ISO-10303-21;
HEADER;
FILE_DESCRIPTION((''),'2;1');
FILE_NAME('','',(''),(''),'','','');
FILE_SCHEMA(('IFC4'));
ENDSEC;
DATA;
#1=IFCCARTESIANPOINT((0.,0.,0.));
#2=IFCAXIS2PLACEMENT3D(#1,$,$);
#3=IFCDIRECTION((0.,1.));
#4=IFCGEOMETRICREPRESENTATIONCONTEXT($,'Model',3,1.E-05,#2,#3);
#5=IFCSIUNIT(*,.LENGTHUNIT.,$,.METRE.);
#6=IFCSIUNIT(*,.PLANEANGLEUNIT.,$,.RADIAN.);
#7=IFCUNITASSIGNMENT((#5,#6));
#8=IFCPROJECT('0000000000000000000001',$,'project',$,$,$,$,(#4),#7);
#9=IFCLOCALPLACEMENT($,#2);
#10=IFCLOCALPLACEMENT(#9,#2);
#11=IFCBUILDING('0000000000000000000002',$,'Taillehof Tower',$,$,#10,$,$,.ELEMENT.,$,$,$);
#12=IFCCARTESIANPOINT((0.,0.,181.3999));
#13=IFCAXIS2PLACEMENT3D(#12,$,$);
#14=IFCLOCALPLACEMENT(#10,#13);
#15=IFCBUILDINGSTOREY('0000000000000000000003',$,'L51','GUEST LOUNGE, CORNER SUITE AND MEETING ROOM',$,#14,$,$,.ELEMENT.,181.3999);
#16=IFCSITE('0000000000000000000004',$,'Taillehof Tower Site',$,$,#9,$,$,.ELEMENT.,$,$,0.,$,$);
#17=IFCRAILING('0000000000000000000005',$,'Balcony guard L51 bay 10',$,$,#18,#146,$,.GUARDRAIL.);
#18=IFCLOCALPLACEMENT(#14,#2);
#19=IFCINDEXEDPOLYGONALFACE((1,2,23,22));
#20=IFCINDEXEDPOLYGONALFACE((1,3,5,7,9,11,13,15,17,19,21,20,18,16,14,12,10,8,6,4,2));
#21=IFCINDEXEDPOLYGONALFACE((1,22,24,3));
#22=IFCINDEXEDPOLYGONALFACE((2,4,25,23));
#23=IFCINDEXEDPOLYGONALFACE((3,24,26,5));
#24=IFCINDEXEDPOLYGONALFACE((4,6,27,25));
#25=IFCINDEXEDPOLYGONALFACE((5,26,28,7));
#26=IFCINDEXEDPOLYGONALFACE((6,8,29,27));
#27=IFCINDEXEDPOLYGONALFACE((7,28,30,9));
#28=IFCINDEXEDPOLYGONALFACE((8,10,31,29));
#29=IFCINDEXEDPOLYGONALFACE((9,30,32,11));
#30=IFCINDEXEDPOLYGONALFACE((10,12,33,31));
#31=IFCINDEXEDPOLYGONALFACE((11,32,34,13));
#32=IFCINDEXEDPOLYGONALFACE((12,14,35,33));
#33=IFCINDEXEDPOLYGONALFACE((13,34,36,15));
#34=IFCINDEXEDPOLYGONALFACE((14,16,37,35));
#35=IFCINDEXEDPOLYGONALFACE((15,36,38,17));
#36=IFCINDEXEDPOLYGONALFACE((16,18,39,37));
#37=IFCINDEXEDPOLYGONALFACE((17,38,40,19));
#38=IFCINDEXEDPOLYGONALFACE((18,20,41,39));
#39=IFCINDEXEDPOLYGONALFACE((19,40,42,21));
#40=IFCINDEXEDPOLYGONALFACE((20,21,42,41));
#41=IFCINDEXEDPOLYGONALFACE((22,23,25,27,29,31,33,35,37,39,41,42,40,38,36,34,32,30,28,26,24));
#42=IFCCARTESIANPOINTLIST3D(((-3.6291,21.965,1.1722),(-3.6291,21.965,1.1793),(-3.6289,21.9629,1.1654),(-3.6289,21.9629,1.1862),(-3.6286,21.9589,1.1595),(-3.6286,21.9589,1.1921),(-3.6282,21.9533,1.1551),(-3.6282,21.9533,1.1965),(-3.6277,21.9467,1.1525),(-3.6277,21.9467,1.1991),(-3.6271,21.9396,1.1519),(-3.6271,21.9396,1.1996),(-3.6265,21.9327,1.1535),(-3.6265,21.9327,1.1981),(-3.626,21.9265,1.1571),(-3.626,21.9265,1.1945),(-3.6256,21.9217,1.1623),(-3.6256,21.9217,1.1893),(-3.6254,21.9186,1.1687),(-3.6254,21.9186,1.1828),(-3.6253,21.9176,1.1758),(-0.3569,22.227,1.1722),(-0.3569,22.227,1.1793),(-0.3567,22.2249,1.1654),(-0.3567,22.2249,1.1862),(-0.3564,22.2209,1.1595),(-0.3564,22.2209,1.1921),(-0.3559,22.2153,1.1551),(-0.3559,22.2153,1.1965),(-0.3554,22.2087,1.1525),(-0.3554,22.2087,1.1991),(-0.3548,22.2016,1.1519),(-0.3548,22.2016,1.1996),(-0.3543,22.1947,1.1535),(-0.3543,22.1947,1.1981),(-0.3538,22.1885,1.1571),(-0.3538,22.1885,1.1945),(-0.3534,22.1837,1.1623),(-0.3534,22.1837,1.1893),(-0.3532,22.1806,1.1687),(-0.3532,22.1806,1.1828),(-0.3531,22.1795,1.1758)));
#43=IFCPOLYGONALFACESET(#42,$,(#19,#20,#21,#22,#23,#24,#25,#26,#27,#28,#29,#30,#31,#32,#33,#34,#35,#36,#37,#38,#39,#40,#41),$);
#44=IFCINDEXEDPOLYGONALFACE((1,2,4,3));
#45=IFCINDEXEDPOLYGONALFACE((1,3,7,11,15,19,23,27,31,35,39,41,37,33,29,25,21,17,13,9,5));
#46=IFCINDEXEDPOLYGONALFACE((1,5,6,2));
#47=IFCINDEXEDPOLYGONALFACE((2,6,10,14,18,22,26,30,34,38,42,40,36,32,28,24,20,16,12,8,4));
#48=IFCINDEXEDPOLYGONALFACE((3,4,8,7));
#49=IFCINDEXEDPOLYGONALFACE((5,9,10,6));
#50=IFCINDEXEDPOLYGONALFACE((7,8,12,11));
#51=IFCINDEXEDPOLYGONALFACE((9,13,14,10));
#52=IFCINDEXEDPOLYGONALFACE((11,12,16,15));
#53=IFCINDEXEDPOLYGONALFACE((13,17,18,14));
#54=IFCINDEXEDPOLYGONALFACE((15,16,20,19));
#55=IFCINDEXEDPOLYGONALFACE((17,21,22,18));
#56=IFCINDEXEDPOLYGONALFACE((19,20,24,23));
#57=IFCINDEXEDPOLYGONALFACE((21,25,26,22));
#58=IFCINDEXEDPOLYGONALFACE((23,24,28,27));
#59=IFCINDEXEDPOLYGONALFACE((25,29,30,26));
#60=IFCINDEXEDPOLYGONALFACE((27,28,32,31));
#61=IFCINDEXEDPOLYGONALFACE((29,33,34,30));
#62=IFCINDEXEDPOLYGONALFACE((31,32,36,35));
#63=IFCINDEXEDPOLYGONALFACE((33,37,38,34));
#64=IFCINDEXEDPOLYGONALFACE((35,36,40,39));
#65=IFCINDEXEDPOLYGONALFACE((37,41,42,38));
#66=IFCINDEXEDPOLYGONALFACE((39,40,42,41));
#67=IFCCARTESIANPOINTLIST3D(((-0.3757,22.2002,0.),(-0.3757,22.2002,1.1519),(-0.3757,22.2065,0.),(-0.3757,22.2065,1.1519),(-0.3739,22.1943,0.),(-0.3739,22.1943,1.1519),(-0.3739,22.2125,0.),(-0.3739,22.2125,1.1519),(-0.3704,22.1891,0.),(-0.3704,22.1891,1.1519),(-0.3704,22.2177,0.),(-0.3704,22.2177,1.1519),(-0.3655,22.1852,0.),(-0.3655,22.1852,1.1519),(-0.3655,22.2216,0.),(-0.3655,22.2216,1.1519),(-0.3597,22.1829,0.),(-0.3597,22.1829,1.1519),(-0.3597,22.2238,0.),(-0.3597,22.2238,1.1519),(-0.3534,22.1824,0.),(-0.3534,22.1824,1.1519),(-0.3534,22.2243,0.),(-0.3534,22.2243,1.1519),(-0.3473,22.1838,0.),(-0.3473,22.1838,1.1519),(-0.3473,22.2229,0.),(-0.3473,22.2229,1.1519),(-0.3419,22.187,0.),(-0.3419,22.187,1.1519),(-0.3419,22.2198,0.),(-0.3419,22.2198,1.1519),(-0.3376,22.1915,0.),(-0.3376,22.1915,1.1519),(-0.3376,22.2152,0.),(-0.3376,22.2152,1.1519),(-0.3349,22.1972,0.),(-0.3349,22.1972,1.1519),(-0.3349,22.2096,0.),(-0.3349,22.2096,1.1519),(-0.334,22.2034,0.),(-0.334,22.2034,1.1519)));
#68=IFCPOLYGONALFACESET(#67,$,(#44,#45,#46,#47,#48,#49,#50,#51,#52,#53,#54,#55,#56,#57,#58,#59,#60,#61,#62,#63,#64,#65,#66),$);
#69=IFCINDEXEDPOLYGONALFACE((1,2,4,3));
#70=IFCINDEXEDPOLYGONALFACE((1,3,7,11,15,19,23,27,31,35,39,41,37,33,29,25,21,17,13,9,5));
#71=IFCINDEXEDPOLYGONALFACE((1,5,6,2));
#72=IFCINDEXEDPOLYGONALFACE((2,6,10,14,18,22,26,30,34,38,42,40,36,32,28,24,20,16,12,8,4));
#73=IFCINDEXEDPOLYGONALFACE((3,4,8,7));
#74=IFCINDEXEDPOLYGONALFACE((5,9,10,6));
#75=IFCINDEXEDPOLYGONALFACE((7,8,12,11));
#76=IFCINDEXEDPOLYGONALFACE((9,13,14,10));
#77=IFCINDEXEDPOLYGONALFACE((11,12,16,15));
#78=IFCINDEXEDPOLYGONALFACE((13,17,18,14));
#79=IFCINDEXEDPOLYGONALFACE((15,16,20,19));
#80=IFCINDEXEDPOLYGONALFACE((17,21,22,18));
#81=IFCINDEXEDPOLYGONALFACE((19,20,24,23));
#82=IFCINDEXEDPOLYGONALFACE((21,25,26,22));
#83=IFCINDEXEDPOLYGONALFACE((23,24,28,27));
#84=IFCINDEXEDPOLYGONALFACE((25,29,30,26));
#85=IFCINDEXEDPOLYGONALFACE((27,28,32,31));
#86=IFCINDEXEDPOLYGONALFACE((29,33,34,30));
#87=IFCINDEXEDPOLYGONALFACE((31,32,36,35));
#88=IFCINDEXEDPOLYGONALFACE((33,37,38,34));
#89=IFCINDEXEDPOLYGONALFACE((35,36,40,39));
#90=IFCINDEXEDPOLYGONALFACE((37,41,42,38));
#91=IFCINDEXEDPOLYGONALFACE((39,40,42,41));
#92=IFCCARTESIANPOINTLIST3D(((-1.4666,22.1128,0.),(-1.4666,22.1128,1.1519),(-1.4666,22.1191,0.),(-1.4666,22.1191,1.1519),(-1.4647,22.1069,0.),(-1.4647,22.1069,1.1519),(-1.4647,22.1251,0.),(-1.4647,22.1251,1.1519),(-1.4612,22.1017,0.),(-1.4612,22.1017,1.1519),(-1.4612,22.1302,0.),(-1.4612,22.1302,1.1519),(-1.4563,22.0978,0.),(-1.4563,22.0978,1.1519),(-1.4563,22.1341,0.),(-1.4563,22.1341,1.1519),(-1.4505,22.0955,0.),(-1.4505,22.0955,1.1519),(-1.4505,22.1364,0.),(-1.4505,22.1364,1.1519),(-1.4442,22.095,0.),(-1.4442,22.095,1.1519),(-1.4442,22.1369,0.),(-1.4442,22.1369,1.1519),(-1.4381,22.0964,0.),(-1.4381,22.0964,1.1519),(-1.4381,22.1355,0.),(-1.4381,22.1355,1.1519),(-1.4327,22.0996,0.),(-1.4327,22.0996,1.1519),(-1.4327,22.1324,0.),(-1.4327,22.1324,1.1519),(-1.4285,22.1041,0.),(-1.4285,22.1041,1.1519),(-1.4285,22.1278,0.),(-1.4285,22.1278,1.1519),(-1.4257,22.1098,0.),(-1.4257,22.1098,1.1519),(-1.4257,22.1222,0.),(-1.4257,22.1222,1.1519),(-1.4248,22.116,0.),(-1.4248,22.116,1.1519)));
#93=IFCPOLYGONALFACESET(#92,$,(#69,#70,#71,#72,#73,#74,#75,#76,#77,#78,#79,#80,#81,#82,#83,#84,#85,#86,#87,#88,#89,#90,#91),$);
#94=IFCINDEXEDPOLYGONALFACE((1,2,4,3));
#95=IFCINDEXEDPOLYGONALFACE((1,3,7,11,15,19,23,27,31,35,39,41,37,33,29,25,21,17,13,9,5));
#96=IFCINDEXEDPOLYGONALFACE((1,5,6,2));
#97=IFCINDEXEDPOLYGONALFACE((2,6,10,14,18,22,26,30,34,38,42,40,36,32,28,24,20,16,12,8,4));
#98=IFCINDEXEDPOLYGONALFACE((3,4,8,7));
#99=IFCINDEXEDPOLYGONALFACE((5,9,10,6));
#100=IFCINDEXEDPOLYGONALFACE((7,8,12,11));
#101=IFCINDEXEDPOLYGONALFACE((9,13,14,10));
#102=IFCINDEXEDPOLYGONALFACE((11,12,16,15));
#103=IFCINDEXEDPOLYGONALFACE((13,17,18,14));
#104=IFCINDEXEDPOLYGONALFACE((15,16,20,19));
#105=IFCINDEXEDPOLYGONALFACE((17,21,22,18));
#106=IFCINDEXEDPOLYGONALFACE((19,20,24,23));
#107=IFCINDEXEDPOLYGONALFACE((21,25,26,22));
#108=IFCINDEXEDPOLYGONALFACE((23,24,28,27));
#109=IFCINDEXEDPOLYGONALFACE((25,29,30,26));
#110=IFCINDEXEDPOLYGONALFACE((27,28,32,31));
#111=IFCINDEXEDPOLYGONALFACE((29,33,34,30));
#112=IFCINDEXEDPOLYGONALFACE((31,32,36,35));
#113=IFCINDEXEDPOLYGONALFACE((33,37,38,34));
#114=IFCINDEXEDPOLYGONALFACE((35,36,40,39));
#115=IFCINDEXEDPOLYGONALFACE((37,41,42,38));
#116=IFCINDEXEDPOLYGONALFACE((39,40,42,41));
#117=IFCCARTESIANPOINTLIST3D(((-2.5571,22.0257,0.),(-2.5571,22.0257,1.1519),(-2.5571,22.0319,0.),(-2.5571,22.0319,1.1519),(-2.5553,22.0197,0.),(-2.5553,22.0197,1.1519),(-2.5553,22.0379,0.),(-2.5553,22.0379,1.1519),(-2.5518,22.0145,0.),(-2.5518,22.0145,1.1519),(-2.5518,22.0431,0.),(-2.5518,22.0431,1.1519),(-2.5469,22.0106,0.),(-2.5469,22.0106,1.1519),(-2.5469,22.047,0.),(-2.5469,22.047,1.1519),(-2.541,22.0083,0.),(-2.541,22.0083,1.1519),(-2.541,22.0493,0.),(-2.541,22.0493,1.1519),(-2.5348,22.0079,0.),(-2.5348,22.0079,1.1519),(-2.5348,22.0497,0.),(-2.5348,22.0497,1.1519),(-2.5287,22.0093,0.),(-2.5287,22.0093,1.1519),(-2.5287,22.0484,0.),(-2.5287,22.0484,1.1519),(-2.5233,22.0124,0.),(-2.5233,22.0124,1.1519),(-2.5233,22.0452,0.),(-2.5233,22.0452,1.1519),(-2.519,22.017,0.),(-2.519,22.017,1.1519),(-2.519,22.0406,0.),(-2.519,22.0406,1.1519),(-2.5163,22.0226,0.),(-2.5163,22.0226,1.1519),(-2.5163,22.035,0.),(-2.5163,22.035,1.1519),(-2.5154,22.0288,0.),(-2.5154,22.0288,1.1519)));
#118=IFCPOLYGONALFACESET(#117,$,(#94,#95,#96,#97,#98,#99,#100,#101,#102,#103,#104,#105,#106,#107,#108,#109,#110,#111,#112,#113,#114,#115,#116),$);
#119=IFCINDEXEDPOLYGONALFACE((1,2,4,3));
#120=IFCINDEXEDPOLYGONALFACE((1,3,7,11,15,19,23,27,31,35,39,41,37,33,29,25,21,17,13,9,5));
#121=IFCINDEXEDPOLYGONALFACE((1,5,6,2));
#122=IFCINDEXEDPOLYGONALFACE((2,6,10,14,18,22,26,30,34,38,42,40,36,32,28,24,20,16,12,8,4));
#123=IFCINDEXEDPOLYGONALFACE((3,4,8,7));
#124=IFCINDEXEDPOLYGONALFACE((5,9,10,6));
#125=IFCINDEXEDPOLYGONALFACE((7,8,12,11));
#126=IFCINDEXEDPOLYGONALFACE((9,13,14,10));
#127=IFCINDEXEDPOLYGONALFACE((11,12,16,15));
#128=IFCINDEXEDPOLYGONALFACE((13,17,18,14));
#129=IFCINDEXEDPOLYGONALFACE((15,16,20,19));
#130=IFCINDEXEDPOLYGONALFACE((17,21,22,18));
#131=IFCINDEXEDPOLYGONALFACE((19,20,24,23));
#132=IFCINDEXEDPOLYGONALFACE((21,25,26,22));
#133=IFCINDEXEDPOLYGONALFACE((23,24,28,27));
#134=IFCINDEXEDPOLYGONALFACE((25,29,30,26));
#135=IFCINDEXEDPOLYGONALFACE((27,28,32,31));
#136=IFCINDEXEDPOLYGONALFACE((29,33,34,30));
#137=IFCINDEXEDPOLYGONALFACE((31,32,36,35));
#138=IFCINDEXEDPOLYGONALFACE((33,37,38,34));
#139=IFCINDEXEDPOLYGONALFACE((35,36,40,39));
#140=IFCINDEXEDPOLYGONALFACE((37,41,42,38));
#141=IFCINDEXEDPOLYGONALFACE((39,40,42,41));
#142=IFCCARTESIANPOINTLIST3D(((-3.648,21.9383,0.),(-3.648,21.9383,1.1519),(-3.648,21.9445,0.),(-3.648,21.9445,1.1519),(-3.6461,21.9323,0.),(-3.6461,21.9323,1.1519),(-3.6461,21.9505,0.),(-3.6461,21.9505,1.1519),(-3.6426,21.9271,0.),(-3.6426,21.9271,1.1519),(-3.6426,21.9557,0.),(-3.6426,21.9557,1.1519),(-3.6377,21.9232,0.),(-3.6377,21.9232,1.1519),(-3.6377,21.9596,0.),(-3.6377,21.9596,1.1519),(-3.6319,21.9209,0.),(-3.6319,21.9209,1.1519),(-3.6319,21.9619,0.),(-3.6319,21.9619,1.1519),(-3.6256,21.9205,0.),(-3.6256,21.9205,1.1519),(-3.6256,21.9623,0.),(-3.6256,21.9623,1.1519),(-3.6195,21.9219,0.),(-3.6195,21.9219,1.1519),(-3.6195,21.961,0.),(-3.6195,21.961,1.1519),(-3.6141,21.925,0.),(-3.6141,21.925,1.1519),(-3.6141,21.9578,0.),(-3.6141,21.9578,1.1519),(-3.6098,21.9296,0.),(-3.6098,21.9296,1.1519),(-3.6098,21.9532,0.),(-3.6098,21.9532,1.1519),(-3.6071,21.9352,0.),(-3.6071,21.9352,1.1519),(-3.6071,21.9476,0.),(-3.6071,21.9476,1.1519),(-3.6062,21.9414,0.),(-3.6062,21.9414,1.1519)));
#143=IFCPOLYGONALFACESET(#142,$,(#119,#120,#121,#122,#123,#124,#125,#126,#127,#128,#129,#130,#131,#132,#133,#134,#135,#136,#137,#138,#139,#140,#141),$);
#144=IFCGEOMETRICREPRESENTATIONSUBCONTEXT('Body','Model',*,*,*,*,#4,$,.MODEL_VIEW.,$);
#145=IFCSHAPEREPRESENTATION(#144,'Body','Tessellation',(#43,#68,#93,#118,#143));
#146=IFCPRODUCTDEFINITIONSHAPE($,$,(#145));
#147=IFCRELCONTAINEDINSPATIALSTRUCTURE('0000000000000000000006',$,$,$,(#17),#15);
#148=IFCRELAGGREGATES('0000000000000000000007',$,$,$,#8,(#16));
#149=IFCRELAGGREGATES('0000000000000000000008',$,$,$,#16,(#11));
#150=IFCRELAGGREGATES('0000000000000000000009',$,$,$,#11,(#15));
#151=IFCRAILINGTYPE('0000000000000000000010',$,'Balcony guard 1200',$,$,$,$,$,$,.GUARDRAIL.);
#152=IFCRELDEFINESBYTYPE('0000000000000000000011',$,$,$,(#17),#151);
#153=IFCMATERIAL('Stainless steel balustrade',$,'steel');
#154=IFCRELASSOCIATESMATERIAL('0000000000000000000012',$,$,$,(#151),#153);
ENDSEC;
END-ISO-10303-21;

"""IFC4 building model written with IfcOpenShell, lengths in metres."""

from ifc_helpers import new_model, si_unit, direction, frame, origin, origin_2d, place, context, subcontext, project, spatial, circle, extrude, material, type_object, element, save


model = new_model("IFC4")

# Units and contexts
model_context = context("Model", 3, precision=1e-05, world=origin(), true_north=direction((0.0, 1.0)))
body_context = subcontext(model_context, "Body", "Model", "MODEL_VIEW")
ifc_project = project(units=[si_unit("LENGTHUNIT", "METRE"), si_unit("PLANEANGLEUNIT", "RADIAN")], contexts=[model_context])

# Site, building, storey
site_placement = place(None, origin())
site = spatial("IfcSite", under=ifc_project, at=site_placement, Name="Taillehof Tower Site", CompositionType="ELEMENT", RefElevation=0.0)
building_placement = place(site_placement, origin())
building = spatial("IfcBuilding", under=site, at=building_placement, Name="Taillehof Tower", CompositionType="ELEMENT")
storey_placement = place(building_placement, frame((0.0, 0.0, 181.3999)))
storey = spatial("IfcBuildingStorey", under=building, at=storey_placement, Name="L51", Description="GUEST LOUNGE, CORNER SUITE AND MEETING ROOM", CompositionType="ELEMENT", Elevation=181.3999)

# Railing
ifc_material_1 = material(Name="Stainless steel balustrade", Category="steel")
railing_type = type_object("IfcRailingType", Name="Balcony guard 1200", PredefinedType="GUARDRAIL", material=ifc_material_1)
railing_1_placement = place(storey_placement, frame((-0.355, 22.2034, 0.0)))
element("IfcRailing", 1, at=railing_1_placement, inside=storey, type_object=railing_type, Name="Balcony guard L51 bay 10", PredefinedType="GUARDRAIL", context=body_context, shape_type="SweptSolid", body=[
    extrude(circle(Radius=0.0239, at=origin_2d()), frame((0.0, 0.0, 1.1758), z_axis=(-0.996811, -0.079801, 0.0), x_axis=(0.079801, -0.996811, 0.0)), (0.0, 0.0, 1.0), 3.2827),
    extrude(circle(Radius=0.021, at=origin_2d()), origin(), (0.0, 0.0, 1.0), 1.1519),
    extrude(circle(Radius=0.021, at=origin_2d()), frame((-1.0908, -0.0874, 0.0)), (0.0, 0.0, 1.0), 1.1519),
    extrude(circle(Radius=0.021, at=origin_2d()), frame((-2.1814, -0.1746, 0.0)), (0.0, 0.0, 1.0), 1.1519),
    extrude(circle(Radius=0.021, at=origin_2d()), frame((-3.2722, -0.262, 0.0)), (0.0, 0.0, 1.0), 1.1519),
])

save(model, "model.ifc")
